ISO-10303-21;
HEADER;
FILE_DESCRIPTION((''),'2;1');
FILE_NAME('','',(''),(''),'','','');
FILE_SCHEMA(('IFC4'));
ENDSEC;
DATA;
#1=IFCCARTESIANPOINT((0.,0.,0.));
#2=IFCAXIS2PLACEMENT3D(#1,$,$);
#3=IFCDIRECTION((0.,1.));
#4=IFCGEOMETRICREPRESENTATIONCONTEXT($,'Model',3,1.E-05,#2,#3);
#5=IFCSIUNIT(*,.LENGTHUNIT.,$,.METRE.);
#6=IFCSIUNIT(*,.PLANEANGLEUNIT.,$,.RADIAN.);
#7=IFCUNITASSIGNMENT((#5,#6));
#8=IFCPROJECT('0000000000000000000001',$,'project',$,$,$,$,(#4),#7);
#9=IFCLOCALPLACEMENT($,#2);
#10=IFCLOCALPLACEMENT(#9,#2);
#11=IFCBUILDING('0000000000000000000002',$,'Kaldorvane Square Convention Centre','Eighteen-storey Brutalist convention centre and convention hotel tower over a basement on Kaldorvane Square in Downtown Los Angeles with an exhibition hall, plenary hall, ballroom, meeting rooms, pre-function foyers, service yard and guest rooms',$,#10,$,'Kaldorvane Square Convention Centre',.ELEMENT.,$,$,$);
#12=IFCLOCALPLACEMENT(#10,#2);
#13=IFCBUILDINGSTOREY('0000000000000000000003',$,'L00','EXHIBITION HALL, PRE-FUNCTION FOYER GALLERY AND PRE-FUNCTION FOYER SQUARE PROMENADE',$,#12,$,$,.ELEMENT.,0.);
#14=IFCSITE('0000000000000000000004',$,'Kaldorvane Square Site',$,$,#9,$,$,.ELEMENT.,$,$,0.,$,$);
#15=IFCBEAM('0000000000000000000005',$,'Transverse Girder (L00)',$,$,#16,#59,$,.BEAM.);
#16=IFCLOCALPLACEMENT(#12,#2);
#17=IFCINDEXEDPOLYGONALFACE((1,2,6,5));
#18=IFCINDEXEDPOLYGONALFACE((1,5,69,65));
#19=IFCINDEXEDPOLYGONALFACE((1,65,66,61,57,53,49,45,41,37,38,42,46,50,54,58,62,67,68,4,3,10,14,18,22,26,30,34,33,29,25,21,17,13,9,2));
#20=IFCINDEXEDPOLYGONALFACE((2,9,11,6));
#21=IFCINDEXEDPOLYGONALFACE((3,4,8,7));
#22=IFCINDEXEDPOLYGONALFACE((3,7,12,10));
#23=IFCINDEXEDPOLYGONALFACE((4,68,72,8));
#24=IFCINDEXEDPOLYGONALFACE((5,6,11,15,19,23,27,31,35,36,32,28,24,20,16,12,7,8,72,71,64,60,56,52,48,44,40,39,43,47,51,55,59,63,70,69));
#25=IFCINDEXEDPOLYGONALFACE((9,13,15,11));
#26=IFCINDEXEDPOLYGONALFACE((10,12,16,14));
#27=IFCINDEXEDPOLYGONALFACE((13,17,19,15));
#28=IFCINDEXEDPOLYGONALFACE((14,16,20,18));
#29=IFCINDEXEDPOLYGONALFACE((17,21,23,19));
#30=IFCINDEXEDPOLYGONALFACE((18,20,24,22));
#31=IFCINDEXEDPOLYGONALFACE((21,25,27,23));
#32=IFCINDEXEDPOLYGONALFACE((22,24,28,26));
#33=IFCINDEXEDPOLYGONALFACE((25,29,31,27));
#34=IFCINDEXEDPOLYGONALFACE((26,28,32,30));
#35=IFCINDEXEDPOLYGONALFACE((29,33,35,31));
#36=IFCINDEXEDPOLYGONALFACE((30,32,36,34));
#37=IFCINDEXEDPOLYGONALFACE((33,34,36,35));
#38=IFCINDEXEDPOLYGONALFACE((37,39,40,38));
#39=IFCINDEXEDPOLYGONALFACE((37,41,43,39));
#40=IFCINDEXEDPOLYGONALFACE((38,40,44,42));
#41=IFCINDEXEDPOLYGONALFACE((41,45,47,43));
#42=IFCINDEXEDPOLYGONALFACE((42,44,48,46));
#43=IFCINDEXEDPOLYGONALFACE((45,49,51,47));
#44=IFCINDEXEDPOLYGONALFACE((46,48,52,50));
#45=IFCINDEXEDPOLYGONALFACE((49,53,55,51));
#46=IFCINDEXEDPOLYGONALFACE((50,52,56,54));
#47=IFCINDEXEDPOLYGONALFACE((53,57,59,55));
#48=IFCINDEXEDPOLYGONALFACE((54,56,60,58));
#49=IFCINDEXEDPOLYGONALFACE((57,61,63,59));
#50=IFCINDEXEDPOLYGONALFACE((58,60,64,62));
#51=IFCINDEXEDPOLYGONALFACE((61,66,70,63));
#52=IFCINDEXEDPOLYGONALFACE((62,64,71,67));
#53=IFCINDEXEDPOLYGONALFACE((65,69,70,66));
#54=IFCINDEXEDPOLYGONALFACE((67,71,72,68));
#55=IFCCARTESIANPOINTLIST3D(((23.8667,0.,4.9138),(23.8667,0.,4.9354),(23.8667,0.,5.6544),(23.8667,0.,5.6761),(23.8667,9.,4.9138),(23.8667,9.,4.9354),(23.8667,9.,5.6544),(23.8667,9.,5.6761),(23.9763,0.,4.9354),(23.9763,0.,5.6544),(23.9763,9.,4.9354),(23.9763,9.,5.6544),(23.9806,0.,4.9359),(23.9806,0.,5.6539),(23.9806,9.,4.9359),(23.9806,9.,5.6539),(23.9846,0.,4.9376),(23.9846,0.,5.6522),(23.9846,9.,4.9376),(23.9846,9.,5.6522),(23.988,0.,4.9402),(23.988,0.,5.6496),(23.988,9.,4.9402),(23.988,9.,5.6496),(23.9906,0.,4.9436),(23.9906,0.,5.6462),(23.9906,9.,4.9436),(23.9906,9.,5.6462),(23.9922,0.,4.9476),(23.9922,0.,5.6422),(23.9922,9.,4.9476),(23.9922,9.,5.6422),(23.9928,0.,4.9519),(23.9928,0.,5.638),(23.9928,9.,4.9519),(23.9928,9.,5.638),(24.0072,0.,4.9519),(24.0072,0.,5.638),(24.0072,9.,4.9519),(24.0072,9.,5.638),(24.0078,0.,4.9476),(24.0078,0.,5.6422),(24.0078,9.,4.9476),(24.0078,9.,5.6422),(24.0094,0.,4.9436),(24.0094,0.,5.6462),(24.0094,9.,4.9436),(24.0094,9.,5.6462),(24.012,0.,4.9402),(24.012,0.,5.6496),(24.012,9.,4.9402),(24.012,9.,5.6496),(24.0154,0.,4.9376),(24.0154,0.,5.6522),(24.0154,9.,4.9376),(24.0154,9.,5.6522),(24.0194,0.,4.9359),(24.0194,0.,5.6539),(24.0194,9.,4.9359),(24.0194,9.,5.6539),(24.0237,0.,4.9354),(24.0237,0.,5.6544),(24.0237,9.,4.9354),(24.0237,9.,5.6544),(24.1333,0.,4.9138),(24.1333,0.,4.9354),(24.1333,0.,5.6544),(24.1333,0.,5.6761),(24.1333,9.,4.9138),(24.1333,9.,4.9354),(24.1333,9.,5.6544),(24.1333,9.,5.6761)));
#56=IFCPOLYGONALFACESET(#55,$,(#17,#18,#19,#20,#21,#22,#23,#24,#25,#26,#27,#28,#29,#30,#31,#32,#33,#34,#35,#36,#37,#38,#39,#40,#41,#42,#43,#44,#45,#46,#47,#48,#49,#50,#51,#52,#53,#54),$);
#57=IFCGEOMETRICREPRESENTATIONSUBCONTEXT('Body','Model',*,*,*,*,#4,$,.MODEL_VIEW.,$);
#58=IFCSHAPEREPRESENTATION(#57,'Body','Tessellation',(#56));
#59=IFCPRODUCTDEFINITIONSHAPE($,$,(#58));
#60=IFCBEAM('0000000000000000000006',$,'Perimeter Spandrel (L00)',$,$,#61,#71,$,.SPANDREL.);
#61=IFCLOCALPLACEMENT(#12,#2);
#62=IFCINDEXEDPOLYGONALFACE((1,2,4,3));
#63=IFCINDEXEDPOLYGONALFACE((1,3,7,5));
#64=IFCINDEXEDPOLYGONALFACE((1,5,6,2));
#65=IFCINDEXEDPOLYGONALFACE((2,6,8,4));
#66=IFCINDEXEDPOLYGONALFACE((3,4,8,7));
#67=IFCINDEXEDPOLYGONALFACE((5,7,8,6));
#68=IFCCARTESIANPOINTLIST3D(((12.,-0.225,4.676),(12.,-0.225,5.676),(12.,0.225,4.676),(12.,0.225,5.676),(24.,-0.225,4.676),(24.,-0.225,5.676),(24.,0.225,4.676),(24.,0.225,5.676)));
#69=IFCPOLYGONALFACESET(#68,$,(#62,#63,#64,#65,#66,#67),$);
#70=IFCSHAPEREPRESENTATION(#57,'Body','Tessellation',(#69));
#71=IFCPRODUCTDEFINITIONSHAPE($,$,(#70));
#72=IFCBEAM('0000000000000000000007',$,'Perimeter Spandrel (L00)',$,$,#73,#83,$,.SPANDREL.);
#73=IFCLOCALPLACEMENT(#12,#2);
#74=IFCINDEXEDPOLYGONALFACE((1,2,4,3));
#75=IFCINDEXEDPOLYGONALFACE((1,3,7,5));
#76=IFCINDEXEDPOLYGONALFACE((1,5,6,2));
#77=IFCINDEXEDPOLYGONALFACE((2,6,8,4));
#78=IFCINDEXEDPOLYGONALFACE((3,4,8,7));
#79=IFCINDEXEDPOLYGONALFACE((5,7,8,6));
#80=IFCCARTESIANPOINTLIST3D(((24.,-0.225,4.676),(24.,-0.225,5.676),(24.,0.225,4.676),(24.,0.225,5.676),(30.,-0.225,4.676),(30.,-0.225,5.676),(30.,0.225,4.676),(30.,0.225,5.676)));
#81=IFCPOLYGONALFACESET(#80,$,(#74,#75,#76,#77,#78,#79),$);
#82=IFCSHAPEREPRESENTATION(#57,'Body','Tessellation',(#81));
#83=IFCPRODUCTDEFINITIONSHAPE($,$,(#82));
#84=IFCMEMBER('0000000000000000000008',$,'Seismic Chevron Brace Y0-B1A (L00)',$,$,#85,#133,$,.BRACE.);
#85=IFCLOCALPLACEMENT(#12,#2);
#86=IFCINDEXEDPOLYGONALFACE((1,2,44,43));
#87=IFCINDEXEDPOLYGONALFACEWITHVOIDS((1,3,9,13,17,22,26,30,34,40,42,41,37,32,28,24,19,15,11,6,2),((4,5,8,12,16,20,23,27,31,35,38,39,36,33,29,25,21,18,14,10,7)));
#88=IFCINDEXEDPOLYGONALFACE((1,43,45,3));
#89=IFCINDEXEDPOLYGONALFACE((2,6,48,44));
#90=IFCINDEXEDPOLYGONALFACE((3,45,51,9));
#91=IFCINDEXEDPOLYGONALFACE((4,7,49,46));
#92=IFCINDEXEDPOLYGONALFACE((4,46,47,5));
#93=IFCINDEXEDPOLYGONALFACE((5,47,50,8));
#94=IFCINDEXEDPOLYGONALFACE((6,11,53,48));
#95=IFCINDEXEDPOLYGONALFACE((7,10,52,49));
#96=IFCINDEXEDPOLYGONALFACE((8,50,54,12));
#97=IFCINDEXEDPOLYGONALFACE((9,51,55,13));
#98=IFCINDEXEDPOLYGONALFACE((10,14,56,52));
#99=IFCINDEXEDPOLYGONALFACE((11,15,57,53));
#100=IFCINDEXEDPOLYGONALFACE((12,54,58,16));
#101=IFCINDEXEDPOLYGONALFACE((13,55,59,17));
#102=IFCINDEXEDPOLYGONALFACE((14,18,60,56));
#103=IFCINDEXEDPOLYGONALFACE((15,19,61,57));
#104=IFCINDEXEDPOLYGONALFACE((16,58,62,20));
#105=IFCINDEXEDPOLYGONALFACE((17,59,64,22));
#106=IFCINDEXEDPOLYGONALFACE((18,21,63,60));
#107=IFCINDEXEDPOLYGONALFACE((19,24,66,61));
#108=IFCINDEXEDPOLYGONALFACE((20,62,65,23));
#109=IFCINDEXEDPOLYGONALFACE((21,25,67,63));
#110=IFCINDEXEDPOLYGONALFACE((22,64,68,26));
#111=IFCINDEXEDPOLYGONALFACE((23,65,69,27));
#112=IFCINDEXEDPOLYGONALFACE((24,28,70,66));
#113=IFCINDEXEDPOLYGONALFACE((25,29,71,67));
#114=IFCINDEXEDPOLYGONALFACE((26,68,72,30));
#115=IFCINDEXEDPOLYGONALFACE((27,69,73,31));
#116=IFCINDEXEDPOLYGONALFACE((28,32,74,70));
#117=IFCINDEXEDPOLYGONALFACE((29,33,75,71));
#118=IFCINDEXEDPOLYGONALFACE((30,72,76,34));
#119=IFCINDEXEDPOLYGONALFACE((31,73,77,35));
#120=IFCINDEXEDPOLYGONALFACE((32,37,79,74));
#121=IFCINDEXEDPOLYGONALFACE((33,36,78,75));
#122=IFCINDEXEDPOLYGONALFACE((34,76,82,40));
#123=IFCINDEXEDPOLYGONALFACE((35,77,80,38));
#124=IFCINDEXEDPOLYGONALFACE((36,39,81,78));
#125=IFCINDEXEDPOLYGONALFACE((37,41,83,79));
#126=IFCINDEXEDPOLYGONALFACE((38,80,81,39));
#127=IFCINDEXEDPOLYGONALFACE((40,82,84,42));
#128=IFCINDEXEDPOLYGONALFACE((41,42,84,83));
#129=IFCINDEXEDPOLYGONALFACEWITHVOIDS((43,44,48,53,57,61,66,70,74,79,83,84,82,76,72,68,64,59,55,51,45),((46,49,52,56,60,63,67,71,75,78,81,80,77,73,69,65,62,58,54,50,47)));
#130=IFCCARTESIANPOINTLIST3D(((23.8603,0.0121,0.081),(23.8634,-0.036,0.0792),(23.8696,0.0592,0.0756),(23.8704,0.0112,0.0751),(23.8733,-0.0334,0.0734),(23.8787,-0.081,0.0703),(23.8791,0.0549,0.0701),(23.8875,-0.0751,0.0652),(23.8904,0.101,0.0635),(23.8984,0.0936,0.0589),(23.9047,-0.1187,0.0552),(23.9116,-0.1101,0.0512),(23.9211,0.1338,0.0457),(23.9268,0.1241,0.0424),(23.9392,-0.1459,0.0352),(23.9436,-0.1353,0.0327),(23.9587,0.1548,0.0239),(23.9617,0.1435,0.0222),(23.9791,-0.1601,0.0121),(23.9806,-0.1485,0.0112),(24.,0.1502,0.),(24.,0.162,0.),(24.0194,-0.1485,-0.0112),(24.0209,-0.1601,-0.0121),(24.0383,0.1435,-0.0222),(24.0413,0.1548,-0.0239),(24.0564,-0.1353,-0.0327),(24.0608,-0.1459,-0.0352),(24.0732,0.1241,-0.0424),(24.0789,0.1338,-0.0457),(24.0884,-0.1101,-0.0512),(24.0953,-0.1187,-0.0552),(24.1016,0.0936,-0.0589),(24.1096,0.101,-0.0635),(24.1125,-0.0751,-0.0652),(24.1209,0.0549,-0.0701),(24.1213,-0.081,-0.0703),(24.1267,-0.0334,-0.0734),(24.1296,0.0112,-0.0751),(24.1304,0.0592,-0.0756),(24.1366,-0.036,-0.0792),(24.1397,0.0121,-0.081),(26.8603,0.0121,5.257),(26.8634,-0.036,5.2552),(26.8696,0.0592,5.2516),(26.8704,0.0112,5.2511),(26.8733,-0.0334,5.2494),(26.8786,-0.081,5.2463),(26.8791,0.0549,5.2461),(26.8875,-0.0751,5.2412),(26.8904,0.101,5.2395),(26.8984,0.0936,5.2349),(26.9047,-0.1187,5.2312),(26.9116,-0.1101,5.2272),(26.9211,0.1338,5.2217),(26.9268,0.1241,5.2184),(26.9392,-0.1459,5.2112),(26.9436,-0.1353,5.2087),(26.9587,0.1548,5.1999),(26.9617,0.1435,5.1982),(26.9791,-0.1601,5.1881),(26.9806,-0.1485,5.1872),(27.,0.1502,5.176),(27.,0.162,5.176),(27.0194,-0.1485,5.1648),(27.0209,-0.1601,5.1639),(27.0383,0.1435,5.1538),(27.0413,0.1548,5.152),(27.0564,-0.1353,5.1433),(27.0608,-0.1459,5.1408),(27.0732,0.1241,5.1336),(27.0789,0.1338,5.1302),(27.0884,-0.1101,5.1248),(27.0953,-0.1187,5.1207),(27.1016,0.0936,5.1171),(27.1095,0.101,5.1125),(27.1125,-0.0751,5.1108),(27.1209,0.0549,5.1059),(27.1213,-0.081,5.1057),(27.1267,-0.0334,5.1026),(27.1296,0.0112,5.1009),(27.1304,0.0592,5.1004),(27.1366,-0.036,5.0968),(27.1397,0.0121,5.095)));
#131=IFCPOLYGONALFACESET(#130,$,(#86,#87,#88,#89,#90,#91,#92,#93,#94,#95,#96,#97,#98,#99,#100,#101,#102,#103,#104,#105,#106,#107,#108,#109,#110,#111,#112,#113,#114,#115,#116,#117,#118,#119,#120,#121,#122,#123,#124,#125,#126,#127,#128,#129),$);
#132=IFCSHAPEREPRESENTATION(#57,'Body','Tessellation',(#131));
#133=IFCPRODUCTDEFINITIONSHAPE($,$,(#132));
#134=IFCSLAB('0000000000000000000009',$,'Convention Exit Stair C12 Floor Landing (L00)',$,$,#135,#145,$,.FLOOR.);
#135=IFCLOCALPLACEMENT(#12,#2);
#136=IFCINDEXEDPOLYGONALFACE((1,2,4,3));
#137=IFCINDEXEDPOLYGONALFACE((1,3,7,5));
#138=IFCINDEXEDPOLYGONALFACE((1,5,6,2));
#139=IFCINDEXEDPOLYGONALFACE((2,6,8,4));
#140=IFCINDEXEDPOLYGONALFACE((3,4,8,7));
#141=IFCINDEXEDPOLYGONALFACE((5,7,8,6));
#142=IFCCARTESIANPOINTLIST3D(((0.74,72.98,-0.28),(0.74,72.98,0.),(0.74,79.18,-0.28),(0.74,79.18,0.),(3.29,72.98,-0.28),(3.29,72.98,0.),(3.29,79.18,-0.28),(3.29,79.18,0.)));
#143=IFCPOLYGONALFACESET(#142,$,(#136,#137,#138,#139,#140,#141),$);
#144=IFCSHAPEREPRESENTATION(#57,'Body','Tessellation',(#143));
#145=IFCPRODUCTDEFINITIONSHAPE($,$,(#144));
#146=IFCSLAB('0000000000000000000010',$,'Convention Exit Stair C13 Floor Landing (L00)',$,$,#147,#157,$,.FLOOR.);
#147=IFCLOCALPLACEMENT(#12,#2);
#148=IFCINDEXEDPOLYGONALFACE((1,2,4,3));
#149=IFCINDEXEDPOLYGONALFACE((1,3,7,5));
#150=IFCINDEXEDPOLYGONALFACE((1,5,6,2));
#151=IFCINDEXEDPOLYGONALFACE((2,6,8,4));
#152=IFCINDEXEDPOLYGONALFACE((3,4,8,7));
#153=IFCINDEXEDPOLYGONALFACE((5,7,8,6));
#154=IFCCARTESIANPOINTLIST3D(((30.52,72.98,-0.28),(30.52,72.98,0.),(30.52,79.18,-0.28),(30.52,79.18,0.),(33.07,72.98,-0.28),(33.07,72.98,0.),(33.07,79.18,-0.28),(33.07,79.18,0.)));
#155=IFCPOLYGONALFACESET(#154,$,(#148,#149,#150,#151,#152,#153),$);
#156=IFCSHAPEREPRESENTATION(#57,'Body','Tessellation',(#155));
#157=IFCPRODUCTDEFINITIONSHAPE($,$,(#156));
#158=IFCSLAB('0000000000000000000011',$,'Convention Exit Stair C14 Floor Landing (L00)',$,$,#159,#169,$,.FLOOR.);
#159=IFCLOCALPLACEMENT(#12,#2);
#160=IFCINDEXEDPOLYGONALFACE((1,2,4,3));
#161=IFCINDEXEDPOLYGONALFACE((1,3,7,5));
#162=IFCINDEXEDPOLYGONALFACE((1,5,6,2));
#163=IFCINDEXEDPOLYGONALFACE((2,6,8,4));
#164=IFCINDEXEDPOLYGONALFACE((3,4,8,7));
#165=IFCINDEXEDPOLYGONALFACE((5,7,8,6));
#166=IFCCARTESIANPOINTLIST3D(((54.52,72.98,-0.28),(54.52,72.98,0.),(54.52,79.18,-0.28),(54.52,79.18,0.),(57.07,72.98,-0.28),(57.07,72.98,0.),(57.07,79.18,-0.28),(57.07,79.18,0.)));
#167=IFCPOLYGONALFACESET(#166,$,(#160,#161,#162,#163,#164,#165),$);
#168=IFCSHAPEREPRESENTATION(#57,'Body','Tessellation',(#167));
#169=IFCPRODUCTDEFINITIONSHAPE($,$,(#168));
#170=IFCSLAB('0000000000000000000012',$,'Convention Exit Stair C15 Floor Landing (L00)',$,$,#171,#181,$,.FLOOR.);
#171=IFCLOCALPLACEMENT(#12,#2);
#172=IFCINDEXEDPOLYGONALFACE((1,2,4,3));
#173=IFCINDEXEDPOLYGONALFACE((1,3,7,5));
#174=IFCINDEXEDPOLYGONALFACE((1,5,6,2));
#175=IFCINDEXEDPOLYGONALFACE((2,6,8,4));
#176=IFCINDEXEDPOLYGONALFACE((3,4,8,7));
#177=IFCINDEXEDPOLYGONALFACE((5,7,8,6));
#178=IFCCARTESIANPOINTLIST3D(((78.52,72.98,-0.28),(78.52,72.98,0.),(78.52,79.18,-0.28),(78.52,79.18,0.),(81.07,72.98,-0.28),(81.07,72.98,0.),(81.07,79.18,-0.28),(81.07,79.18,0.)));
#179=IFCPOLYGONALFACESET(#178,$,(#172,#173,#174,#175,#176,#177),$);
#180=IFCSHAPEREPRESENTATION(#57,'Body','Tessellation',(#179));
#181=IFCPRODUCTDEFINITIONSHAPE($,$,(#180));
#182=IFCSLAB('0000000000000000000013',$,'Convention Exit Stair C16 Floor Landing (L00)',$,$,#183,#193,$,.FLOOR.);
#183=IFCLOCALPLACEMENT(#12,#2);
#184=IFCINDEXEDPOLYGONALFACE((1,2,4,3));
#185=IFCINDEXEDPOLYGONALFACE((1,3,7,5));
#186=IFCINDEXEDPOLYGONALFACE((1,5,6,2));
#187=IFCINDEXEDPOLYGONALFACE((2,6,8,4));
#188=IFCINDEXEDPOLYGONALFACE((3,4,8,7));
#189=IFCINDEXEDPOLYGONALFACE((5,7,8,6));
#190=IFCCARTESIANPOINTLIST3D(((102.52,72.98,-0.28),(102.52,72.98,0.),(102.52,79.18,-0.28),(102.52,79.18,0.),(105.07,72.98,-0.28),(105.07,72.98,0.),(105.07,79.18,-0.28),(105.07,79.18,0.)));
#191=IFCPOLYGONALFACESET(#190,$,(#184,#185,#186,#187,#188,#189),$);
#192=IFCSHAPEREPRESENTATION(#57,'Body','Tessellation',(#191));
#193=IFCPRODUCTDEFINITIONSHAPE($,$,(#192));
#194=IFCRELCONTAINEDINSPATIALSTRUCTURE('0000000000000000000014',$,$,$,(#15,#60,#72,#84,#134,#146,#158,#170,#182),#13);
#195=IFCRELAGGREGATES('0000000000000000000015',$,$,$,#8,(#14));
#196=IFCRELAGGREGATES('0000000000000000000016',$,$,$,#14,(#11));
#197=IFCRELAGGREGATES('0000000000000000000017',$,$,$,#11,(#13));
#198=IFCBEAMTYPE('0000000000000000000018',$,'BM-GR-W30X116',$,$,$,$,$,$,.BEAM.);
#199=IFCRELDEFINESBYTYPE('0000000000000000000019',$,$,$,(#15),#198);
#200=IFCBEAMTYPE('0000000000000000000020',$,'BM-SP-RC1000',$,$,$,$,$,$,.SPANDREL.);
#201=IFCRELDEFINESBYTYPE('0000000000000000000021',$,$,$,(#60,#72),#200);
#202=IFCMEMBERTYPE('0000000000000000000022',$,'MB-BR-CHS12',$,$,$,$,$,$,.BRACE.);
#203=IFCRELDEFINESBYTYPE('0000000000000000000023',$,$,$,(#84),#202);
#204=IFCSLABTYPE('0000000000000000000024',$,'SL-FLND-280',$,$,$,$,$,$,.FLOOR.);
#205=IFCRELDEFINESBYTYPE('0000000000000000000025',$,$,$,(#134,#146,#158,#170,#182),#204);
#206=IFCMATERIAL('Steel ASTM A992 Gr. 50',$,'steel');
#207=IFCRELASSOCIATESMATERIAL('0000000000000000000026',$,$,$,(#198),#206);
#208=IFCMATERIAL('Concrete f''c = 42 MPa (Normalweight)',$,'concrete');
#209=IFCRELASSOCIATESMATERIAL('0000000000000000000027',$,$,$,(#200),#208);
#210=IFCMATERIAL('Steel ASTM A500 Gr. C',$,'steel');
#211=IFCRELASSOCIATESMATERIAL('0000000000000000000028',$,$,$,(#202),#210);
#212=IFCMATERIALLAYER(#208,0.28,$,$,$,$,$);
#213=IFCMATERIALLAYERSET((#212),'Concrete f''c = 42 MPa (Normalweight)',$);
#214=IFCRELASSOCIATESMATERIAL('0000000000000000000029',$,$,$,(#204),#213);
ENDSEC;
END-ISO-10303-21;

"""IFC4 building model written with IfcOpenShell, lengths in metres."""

from ifc_helpers import new_model, si_unit, direction, frame, origin, origin_2d, place, context, subcontext, project, spatial, polyline, rectangle, hollow_circle, i_section, outline, extrude, material, layer, layer_set, material_profile, profile_set, type_object, element, save


model = new_model("IFC4")

# Units and contexts
model_context = context("Model", 3, precision=1e-05, world=origin(), true_north=direction((0.0, 1.0)))
body_context = subcontext(model_context, "Body", "Model", "MODEL_VIEW")
ifc_project = project(units=[si_unit("LENGTHUNIT", "METRE"), si_unit("PLANEANGLEUNIT", "RADIAN")], contexts=[model_context])

# Site, building, storey
site_placement = place(None, origin())
site = spatial("IfcSite", under=ifc_project, at=site_placement, Name="Kaldorvane Square Site", CompositionType="ELEMENT", RefElevation=0.0)
building_placement = place(site_placement, origin())
building = spatial("IfcBuilding", under=site, at=building_placement, Name="Kaldorvane Square Convention Centre", Description="Eighteen-storey Brutalist convention centre and convention hotel tower over a basement on Kaldorvane Square in Downtown Los Angeles with an exhibition hall, plenary hall, ballroom, meeting rooms, pre-function foyers, service yard and guest rooms", LongName="Kaldorvane Square Convention Centre", CompositionType="ELEMENT")
storey_placement = place(building_placement, origin())
storey = spatial("IfcBuildingStorey", under=building, at=storey_placement, Name="L00", Description="EXHIBITION HALL, PRE-FUNCTION FOYER GALLERY AND PRE-FUNCTION FOYER SQUARE PROMENADE", CompositionType="ELEMENT", Elevation=0.0)

# Shared definitions
ifc_material_1 = material(Name="Steel ASTM A992 Gr. 50", Category="steel")

# Beams
ifc_material_profile_1 = material_profile(ifc_material_1, i_section(OverallWidth=0.2666, OverallDepth=0.7623, WebThickness=0.0144, FlangeThickness=0.0216, FilletRadius=0.0165, at=origin_2d()), Name="W30X116")
ifc_profile_set_1 = profile_set([ifc_material_profile_1], Name="Steel ASTM A992 Gr. 50")
beam_type_1 = type_object("IfcBeamType", Name="BM-GR-W30X116", PredefinedType="BEAM", material=ifc_profile_set_1)
for number, where, z_axis, x_axis, name in (
    (1, (24.0, 0.0, 5.2949), (0.0, 1.0, 0.0), (-1.0, 0.0, 0.0), "Transverse Girder (L00)"),
):
    element("IfcBeam", number, at=place(storey_placement, frame(where, z_axis=z_axis, x_axis=x_axis)), inside=storey, type_object=beam_type_1, Name=name, PredefinedType="BEAM", context=body_context, shape_type="SweptSolid", body=[
        extrude(i_section(OverallWidth=0.2666, OverallDepth=0.7623, WebThickness=0.0144, FlangeThickness=0.0216, FilletRadius=0.0165, at=origin_2d()), origin(), (0.0, 0.0, 1.0), 9.0),
    ])
ifc_material_2 = material(Name="Concrete f'c = 42 MPa (Normalweight)", Category="concrete")
ifc_material_profile_2 = material_profile(ifc_material_2, rectangle(XDim=0.45, YDim=1.0, at=origin_2d()), Name="RCSP1000X450")
ifc_profile_set_2 = profile_set([ifc_material_profile_2], Name="Concrete f'c = 42 MPa (Normalweight)")
beam_type_2 = type_object("IfcBeamType", Name="BM-SP-RC1000", PredefinedType="SPANDREL", material=ifc_profile_set_2)
beam_1_placement = place(storey_placement, frame((12.0, 0.0, 5.176), z_axis=(1.0, 0.0, 0.0), x_axis=(0.0, 1.0, 0.0)))
element("IfcBeam", 2, at=beam_1_placement, inside=storey, type_object=beam_type_2, Name="Perimeter Spandrel (L00)", PredefinedType="SPANDREL", context=body_context, shape_type="SweptSolid", body=[
    extrude(rectangle(XDim=0.45, YDim=1.0, at=origin_2d()), origin(), (0.0, 0.0, 1.0), 12.0),
])
beam_2_placement = place(storey_placement, frame((24.0, 0.0, 5.176), z_axis=(1.0, 0.0, 0.0), x_axis=(0.0, 1.0, 0.0)))
element("IfcBeam", 3, at=beam_2_placement, inside=storey, type_object=beam_type_2, Name="Perimeter Spandrel (L00)", PredefinedType="SPANDREL", context=body_context, shape_type="SweptSolid", body=[
    extrude(rectangle(XDim=0.45, YDim=1.0, at=origin_2d()), origin(), (0.0, 0.0, 1.0), 6.0),
])

# Member
ifc_material_3 = material(Name="Steel ASTM A500 Gr. C", Category="steel")
ifc_material_profile_3 = material_profile(ifc_material_3, hollow_circle(Radius=0.162, WallThickness=0.0118, at=origin_2d()), Name="HSS12.750X0.500")
ifc_profile_set_3 = profile_set([ifc_material_profile_3], Name="Steel ASTM A500 Gr. C")
member_type = type_object("IfcMemberType", Name="MB-BR-CHS12", PredefinedType="BRACE", material=ifc_profile_set_3)
member_placement = place(storey_placement, frame((24.0, 0.0, 0.0), z_axis=(0.501458, 0.0, 0.865182), x_axis=(0.0, 1.0, 0.0)))
element("IfcMember", 4, at=member_placement, inside=storey, type_object=member_type, Name="Seismic Chevron Brace Y0-B1A (L00)", PredefinedType="BRACE", context=body_context, shape_type="SweptSolid", body=[
    extrude(hollow_circle(Radius=0.162, WallThickness=0.0118, at=origin_2d()), origin(), (0.0, 0.0, 1.0), 5.9825),
])

# Slabs
ifc_layer_1 = layer(ifc_material_2, 0.28)
ifc_layer_set_1 = layer_set([ifc_layer_1], Name="Concrete f'c = 42 MPa (Normalweight)")
slab_type_1 = type_object("IfcSlabType", Name="SL-FLND-280", PredefinedType="FLOOR", material=ifc_layer_set_1)
slab_1_placement = place(storey_placement, frame((0.0, 0.0, -0.28)))
element("IfcSlab", 5, at=slab_1_placement, inside=storey, type_object=slab_type_1, Name="Convention Exit Stair C12 Floor Landing (L00)", PredefinedType="FLOOR", context=body_context, shape_type="SweptSolid", body=[
    extrude(outline(polyline([(0.74, 72.98), (3.29, 72.98), (3.29, 79.18), (0.74, 79.18), (0.74, 72.98)])), origin(), (0.0, 0.0, 1.0), 0.28),
])
slab_2_placement = place(storey_placement, frame((0.0, 0.0, -0.28)))
element("IfcSlab", 6, at=slab_2_placement, inside=storey, type_object=slab_type_1, Name="Convention Exit Stair C13 Floor Landing (L00)", PredefinedType="FLOOR", context=body_context, shape_type="SweptSolid", body=[
    extrude(outline(polyline([(30.52, 72.98), (33.07, 72.98), (33.07, 79.18), (30.52, 79.18), (30.52, 72.98)])), origin(), (0.0, 0.0, 1.0), 0.28),
])
slab_3_placement = place(storey_placement, frame((0.0, 0.0, -0.28)))
element("IfcSlab", 7, at=slab_3_placement, inside=storey, type_object=slab_type_1, Name="Convention Exit Stair C14 Floor Landing (L00)", PredefinedType="FLOOR", context=body_context, shape_type="SweptSolid", body=[
    extrude(outline(polyline([(54.52, 72.98), (57.07, 72.98), (57.07, 79.18), (54.52, 79.18), (54.52, 72.98)])), origin(), (0.0, 0.0, 1.0), 0.28),
])
slab_4_placement = place(storey_placement, frame((0.0, 0.0, -0.28)))
element("IfcSlab", 8, at=slab_4_placement, inside=storey, type_object=slab_type_1, Name="Convention Exit Stair C15 Floor Landing (L00)", PredefinedType="FLOOR", context=body_context, shape_type="SweptSolid", body=[
    extrude(outline(polyline([(78.52, 72.98), (81.07, 72.98), (81.07, 79.18), (78.52, 79.18), (78.52, 72.98)])), origin(), (0.0, 0.0, 1.0), 0.28),
])
slab_5_placement = place(storey_placement, frame((0.0, 0.0, -0.28)))
element("IfcSlab", 9, at=slab_5_placement, inside=storey, type_object=slab_type_1, Name="Convention Exit Stair C16 Floor Landing (L00)", PredefinedType="FLOOR", context=body_context, shape_type="SweptSolid", body=[
    extrude(outline(polyline([(102.52, 72.98), (105.07, 72.98), (105.07, 79.18), (102.52, 79.18), (102.52, 72.98)])), origin(), (0.0, 0.0, 1.0), 0.28),
])

save(model, "model.ifc")
